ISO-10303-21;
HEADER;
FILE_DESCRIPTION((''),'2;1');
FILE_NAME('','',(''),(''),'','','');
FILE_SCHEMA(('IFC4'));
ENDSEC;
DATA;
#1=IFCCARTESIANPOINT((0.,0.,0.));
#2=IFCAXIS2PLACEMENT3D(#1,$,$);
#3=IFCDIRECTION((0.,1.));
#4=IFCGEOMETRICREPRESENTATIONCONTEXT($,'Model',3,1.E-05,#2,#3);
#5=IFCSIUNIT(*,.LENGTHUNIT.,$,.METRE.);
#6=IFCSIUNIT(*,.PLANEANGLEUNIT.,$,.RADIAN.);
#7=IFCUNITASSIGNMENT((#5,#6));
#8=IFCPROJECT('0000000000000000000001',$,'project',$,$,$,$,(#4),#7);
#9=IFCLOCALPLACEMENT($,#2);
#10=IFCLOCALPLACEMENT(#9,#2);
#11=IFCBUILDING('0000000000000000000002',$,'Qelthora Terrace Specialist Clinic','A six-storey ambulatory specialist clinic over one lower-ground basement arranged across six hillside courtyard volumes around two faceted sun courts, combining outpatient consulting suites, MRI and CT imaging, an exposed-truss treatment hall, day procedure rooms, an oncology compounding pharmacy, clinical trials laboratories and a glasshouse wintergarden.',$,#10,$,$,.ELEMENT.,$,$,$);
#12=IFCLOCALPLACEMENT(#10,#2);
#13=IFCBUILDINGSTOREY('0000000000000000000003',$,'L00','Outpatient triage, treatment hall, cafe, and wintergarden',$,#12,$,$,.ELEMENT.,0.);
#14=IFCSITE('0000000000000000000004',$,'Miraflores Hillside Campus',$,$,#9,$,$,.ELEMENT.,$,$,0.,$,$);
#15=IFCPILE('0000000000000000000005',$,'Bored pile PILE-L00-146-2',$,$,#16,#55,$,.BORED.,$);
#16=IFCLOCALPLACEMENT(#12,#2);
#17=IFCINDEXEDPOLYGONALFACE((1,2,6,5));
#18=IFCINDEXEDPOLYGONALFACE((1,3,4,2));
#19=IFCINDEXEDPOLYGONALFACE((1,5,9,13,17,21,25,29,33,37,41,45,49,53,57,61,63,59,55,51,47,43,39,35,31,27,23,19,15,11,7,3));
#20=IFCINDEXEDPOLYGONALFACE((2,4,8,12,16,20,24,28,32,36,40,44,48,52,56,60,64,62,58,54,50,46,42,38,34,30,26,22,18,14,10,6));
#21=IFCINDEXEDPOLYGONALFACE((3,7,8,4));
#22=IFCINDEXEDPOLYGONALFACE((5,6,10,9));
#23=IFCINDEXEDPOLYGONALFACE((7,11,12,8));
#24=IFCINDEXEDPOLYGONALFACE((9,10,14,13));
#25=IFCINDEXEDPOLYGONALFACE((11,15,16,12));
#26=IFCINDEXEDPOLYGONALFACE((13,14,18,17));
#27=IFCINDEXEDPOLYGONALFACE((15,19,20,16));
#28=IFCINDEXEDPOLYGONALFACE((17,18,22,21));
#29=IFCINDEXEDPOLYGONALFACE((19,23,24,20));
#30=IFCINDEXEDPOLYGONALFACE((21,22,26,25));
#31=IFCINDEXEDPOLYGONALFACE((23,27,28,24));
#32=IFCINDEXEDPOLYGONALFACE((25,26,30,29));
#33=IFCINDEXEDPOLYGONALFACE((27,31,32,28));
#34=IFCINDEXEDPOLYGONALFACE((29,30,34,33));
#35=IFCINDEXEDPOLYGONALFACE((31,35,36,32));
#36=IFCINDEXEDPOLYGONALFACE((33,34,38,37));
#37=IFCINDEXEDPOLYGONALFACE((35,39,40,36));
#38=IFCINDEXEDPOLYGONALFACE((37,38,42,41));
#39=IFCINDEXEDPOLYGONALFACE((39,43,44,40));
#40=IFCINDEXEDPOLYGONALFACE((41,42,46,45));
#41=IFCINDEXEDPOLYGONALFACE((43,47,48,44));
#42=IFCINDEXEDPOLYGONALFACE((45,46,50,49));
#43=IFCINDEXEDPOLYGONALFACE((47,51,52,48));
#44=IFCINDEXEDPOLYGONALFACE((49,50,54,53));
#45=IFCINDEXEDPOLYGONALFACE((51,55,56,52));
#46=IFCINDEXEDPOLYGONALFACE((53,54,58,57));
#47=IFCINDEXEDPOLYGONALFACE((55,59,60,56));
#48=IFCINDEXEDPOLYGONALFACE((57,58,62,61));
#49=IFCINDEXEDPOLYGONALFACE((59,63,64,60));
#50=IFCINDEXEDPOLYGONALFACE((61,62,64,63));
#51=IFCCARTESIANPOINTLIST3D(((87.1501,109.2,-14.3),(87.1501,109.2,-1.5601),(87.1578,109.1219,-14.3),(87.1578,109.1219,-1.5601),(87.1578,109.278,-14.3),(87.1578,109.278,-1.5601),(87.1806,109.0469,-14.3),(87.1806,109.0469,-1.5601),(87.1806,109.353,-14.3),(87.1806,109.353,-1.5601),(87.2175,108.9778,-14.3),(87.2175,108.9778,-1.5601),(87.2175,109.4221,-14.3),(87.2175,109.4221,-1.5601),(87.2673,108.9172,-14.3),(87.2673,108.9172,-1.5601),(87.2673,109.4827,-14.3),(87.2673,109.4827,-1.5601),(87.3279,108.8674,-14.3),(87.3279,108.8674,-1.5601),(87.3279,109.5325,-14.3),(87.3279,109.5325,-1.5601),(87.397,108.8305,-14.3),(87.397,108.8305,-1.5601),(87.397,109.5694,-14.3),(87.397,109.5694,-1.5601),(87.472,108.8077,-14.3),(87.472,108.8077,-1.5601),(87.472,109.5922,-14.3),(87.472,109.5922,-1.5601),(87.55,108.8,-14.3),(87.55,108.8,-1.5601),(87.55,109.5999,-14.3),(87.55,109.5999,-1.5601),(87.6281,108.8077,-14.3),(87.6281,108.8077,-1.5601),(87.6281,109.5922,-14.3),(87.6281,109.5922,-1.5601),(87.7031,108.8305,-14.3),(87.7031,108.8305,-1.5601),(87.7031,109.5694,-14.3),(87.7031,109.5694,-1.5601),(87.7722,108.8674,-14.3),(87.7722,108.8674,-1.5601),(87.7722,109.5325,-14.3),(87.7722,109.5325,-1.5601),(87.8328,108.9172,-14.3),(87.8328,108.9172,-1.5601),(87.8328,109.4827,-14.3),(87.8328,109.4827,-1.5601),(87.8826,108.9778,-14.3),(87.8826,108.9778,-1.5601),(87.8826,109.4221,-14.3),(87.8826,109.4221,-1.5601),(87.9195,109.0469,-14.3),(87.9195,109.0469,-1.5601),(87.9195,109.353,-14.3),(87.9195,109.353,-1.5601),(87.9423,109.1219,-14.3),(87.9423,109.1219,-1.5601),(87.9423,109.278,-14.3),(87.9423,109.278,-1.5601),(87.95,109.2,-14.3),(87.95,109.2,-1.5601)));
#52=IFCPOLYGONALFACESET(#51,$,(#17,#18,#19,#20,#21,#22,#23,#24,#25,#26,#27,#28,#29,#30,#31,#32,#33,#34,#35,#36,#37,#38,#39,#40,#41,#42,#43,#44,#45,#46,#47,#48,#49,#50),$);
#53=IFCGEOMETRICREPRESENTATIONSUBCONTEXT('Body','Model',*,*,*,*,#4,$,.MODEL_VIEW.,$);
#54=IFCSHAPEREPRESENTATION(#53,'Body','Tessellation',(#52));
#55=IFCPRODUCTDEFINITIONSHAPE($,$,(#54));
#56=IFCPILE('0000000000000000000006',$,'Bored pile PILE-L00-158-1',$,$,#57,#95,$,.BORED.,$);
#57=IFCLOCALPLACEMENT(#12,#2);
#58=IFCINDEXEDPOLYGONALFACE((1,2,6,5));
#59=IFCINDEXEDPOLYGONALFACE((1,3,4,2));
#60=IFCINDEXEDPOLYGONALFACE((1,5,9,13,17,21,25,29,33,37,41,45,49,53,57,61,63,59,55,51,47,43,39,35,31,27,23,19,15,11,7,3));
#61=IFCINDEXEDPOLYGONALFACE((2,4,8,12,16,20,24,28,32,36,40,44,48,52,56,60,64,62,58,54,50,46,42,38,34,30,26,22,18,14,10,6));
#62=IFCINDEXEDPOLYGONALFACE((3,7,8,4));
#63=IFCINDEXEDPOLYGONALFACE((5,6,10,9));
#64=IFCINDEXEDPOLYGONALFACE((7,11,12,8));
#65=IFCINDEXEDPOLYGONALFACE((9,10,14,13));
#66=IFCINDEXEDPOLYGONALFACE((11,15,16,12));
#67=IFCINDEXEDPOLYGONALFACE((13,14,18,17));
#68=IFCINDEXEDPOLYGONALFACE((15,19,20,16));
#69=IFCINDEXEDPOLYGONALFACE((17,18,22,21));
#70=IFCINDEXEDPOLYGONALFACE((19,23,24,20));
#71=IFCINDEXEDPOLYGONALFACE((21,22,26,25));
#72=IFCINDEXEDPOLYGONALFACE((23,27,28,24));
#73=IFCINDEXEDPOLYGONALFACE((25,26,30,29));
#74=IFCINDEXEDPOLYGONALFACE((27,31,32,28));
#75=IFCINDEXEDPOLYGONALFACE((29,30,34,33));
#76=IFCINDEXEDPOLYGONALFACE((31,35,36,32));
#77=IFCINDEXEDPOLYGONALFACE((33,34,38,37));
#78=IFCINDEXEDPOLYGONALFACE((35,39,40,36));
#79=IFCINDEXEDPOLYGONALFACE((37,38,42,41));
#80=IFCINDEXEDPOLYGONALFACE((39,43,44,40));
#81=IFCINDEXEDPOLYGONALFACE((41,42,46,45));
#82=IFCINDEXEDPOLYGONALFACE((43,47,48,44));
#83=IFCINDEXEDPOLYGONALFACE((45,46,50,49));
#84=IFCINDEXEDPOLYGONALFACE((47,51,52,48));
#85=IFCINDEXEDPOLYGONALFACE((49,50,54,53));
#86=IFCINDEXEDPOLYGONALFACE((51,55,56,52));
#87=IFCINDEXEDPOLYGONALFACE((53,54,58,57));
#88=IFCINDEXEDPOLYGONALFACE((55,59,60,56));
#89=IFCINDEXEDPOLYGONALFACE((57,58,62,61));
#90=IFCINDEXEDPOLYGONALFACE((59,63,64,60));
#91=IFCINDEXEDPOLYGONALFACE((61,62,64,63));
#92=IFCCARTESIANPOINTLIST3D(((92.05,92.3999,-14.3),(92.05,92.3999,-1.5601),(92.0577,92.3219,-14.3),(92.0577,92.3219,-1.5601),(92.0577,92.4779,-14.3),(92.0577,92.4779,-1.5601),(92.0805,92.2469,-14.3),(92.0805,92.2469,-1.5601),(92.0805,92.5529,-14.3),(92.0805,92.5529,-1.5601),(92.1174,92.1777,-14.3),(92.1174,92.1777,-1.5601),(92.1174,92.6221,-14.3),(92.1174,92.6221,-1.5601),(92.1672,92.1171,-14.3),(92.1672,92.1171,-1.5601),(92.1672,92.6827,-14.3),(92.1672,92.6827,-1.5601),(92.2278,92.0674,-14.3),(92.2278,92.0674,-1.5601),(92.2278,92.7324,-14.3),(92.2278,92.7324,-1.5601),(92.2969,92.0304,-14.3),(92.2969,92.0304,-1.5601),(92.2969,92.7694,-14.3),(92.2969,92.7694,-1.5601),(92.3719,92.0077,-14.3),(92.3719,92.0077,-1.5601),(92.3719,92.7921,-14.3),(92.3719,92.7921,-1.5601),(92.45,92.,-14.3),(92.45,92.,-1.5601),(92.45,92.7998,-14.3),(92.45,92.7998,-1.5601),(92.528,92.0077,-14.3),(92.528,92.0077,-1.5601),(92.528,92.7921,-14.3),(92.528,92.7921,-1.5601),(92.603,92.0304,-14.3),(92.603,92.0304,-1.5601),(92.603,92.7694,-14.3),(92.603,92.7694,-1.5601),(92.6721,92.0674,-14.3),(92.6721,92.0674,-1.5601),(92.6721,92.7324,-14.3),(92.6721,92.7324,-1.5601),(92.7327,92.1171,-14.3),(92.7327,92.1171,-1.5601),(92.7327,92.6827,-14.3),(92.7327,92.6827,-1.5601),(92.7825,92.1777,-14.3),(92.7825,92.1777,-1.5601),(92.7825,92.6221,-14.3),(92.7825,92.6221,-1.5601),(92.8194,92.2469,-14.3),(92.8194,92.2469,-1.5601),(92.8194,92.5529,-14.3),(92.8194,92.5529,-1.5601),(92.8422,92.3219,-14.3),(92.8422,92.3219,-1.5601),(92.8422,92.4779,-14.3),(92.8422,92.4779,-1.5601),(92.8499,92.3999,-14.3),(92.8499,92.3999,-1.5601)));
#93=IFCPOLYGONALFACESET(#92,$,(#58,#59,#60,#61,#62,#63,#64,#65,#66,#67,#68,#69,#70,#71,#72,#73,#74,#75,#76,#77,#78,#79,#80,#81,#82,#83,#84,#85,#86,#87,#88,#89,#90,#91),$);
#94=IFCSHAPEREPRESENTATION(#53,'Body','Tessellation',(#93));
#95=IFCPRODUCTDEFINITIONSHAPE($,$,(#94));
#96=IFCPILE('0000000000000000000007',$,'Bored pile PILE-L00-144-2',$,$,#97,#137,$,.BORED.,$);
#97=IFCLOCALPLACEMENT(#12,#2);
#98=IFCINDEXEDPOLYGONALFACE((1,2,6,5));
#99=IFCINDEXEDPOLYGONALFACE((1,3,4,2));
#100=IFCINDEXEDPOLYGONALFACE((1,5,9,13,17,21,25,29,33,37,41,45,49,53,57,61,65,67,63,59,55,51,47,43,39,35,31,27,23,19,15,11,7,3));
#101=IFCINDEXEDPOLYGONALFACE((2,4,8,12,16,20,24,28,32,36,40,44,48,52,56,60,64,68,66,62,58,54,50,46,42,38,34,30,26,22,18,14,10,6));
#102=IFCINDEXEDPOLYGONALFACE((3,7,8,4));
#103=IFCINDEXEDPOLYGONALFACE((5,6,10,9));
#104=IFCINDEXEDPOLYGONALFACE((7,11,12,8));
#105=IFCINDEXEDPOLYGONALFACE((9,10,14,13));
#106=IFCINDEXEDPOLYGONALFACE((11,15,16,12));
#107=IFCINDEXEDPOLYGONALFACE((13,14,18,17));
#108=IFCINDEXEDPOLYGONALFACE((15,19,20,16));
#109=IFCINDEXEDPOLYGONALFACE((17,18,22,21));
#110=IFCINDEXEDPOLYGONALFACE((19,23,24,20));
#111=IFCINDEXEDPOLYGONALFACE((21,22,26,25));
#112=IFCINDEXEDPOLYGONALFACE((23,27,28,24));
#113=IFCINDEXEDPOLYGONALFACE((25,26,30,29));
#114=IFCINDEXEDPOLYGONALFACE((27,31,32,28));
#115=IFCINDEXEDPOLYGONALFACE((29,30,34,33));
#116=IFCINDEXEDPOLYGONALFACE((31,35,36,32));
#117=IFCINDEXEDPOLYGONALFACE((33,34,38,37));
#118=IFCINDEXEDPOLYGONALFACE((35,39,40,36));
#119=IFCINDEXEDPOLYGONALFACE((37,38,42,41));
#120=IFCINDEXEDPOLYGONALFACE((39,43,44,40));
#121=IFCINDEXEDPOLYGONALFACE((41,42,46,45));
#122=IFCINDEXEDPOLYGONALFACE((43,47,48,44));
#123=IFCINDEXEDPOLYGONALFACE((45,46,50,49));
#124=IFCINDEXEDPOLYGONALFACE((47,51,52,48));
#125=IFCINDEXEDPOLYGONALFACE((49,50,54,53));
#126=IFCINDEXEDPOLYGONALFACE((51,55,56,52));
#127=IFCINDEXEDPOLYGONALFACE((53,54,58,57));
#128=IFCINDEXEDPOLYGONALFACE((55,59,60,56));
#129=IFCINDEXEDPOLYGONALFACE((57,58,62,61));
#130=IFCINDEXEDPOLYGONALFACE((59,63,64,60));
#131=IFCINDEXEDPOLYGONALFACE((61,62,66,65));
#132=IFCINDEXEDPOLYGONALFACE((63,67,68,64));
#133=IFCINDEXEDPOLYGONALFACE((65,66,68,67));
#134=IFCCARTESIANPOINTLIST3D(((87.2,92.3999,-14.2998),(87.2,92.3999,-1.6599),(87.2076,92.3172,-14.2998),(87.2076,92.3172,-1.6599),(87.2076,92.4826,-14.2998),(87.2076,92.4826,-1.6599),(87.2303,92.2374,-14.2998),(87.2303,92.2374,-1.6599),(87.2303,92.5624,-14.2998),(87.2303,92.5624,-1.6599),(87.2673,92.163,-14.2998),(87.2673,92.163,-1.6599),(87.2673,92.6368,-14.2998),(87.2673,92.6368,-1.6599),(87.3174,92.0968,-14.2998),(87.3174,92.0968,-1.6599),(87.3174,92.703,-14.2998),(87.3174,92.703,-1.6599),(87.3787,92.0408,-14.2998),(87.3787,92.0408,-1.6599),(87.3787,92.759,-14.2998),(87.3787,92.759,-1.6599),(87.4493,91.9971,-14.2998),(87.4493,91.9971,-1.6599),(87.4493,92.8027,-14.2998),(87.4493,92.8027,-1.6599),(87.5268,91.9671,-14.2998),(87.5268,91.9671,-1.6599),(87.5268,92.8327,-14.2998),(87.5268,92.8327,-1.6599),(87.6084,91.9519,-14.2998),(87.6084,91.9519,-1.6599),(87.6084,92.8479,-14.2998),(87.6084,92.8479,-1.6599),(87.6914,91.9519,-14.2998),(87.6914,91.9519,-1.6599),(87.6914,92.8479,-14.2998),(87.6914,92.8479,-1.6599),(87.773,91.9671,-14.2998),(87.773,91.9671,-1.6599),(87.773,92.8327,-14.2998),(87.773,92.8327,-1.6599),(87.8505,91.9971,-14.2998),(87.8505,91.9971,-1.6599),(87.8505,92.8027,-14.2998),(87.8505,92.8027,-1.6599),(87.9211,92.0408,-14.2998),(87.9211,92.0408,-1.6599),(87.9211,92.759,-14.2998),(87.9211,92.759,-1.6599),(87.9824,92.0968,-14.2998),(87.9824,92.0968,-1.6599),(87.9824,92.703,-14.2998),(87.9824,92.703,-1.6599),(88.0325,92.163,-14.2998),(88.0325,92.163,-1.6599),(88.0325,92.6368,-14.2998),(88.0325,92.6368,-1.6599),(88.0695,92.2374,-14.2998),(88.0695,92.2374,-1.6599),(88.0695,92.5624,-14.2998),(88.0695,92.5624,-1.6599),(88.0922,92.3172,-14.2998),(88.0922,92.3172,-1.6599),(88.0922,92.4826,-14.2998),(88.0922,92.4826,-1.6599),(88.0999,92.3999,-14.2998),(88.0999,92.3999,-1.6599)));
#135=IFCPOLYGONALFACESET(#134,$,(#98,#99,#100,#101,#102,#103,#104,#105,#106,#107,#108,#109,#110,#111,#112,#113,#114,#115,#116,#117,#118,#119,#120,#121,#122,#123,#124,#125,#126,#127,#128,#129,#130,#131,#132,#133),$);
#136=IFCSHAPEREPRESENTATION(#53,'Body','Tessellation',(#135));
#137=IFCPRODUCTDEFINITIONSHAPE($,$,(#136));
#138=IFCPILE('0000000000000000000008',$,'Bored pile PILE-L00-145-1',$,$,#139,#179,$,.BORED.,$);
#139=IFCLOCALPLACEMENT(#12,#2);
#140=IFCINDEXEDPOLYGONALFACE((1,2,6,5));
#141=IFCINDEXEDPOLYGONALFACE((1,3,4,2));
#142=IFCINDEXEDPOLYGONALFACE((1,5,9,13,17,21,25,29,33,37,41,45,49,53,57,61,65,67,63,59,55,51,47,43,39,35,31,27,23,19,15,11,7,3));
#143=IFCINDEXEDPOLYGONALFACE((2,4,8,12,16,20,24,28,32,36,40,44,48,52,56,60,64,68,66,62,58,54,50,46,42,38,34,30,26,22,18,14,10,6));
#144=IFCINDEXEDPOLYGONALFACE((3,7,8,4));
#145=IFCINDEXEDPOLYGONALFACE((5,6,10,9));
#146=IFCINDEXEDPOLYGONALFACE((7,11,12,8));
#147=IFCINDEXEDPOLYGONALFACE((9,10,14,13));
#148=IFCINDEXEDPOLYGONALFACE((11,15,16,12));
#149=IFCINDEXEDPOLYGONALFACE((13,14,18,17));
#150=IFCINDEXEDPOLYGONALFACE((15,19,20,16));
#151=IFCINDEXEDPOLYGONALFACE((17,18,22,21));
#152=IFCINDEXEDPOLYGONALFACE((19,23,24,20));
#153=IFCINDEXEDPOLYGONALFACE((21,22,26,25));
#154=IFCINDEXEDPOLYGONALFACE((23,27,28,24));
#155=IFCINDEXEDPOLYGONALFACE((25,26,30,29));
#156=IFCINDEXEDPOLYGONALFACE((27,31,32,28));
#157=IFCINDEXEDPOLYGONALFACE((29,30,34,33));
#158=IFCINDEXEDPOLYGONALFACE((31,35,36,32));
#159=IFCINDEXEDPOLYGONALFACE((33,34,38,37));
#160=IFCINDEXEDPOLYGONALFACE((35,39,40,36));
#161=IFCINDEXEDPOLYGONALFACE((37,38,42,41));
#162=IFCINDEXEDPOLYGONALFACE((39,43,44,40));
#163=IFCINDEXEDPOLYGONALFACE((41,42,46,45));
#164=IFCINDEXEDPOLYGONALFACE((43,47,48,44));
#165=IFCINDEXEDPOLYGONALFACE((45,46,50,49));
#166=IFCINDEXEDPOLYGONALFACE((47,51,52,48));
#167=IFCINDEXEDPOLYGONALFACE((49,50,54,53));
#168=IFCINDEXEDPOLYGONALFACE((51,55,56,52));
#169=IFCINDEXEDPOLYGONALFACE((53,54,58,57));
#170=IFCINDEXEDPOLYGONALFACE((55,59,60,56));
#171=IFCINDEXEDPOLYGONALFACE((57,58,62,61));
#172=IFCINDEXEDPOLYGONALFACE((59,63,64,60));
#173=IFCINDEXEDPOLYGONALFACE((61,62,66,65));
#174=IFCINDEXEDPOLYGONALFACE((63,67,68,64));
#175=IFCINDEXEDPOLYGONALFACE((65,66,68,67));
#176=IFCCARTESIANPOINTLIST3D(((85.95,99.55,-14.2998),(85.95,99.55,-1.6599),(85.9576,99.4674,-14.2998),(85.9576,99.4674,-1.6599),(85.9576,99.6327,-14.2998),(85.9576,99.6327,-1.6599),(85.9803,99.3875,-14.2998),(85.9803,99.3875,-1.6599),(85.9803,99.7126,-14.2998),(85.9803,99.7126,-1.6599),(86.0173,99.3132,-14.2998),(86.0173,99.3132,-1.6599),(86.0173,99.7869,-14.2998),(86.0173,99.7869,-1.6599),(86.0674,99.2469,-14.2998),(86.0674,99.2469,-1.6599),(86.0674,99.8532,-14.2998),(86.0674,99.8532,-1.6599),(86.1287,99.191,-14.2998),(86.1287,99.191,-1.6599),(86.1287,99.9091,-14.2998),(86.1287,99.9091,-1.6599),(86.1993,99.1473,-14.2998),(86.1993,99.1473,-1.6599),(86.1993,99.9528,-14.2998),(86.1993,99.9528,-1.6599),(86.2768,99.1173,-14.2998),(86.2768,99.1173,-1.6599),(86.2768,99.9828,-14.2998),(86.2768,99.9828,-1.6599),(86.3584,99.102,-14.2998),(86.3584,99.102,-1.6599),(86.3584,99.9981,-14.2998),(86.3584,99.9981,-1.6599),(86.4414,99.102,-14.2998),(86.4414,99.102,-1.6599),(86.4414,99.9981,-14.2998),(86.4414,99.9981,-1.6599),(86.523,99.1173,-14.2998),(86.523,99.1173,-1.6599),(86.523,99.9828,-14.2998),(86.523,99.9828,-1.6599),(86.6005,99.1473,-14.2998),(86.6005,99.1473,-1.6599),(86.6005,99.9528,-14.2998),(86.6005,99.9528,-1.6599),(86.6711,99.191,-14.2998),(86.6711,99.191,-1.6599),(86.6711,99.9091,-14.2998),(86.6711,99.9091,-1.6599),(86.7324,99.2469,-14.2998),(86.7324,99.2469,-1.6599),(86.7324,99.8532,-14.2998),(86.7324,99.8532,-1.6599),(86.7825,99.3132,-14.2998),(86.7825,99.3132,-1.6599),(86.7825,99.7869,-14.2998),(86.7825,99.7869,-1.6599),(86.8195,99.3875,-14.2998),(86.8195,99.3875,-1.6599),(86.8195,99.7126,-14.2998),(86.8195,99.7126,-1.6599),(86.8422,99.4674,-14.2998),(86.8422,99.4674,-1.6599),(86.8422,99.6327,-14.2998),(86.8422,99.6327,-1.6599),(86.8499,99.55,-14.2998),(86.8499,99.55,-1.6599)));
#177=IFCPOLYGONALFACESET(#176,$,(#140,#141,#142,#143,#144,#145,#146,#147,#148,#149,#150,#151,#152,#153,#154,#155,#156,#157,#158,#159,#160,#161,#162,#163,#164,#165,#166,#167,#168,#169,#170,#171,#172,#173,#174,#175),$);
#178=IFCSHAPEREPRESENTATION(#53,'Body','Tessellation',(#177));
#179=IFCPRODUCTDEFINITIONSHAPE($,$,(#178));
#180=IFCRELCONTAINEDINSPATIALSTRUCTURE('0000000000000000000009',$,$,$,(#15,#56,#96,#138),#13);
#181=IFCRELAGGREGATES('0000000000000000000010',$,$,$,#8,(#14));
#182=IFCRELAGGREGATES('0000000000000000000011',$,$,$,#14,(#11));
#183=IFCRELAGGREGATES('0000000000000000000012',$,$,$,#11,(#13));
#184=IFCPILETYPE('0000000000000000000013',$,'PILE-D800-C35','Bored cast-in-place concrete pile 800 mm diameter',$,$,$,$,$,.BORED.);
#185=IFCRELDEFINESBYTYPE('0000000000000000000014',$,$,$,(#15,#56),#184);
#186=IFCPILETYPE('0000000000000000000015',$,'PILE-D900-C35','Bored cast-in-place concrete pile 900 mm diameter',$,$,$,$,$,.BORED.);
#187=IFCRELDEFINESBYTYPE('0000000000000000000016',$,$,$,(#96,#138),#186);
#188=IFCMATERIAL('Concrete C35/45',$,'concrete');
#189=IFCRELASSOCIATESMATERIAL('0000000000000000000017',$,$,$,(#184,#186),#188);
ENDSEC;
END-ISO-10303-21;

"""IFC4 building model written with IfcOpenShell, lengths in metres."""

from ifc_helpers import new_model, si_unit, direction, frame, origin, origin_2d, place, context, subcontext, project, spatial, circle, extrude, material, material_profile, profile_set, type_object, element, save


model = new_model("IFC4")

# Units and contexts
model_context = context("Model", 3, precision=1e-05, world=origin(), true_north=direction((0.0, 1.0)))
body_context = subcontext(model_context, "Body", "Model", "MODEL_VIEW")
ifc_project = project(units=[si_unit("LENGTHUNIT", "METRE"), si_unit("PLANEANGLEUNIT", "RADIAN")], contexts=[model_context])

# Site, building, storey
site_placement = place(None, origin())
site = spatial("IfcSite", under=ifc_project, at=site_placement, Name="Miraflores Hillside Campus", CompositionType="ELEMENT", RefElevation=0.0)
building_placement = place(site_placement, origin())
building = spatial("IfcBuilding", under=site, at=building_placement, Name="Qelthora Terrace Specialist Clinic", Description="A six-storey ambulatory specialist clinic over one lower-ground basement arranged across six hillside courtyard volumes around two faceted sun courts, combining outpatient consulting suites, MRI and CT imaging, an exposed-truss treatment hall, day procedure rooms, an oncology compounding pharmacy, clinical trials laboratories and a glasshouse wintergarden.", CompositionType="ELEMENT")
storey_placement = place(building_placement, origin())
storey = spatial("IfcBuildingStorey", under=building, at=storey_placement, Name="L00", Description="Outpatient triage, treatment hall, cafe, and wintergarden", CompositionType="ELEMENT", Elevation=0.0)

# Shared definitions
ifc_material_1 = material(Name="Concrete C35/45", Category="concrete")

# Piles
ifc_material_profile_1 = material_profile(ifc_material_1, circle(Radius=0.3999, at=origin_2d()), Name="PILE800")
ifc_profile_set_1 = profile_set([ifc_material_profile_1], Name="Concrete C35/45")
pile_type_1 = type_object("IfcPileType", Name="PILE-D800-C35", Description="Bored cast-in-place concrete pile 800 mm diameter", PredefinedType="BORED", material=ifc_profile_set_1)
for number, where, z_axis, x_axis, name in (
    (1, (87.55, 109.2, -1.5601), (0.0, 0.0, -1.0), (1.0, 0.0, 0.0), "Bored pile PILE-L00-146-2"),
    (2, (92.45, 92.3999, -1.5601), (0.0, 0.0, -1.0), (1.0, 0.0, 0.0), "Bored pile PILE-L00-158-1"),
):
    element("IfcPile", number, at=place(storey_placement, frame(where, z_axis=z_axis, x_axis=x_axis)), inside=storey, type_object=pile_type_1, Name=name, PredefinedType="BORED", context=body_context, shape_type="SweptSolid", body=[
        extrude(circle(Radius=0.3999, at=origin_2d()), origin(), (0.0, 0.0, 1.0), 12.74),
    ])
ifc_material_profile_2 = material_profile(ifc_material_1, circle(Radius=0.45, at=origin_2d()), Name="PILE900")
ifc_profile_set_2 = profile_set([ifc_material_profile_2], Name="Concrete C35/45")
pile_type_2 = type_object("IfcPileType", Name="PILE-D900-C35", Description="Bored cast-in-place concrete pile 900 mm diameter", PredefinedType="BORED", material=ifc_profile_set_2)
for number, where, z_axis, x_axis, name in (
    (3, (87.6499, 92.3999, -1.6599), (0.0, 0.0, -1.0), (1.0, 0.0, 0.0), "Bored pile PILE-L00-144-2"),
    (4, (86.3999, 99.55, -1.6599), (0.0, 0.0, -1.0), (1.0, 0.0, 0.0), "Bored pile PILE-L00-145-1"),
):
    element("IfcPile", number, at=place(storey_placement, frame(where, z_axis=z_axis, x_axis=x_axis)), inside=storey, type_object=pile_type_2, Name=name, PredefinedType="BORED", context=body_context, shape_type="SweptSolid", body=[
        extrude(circle(Radius=0.45, at=origin_2d()), origin(), (0.0, 0.0, 1.0), 12.6399),
    ])

save(model, "model.ifc")
